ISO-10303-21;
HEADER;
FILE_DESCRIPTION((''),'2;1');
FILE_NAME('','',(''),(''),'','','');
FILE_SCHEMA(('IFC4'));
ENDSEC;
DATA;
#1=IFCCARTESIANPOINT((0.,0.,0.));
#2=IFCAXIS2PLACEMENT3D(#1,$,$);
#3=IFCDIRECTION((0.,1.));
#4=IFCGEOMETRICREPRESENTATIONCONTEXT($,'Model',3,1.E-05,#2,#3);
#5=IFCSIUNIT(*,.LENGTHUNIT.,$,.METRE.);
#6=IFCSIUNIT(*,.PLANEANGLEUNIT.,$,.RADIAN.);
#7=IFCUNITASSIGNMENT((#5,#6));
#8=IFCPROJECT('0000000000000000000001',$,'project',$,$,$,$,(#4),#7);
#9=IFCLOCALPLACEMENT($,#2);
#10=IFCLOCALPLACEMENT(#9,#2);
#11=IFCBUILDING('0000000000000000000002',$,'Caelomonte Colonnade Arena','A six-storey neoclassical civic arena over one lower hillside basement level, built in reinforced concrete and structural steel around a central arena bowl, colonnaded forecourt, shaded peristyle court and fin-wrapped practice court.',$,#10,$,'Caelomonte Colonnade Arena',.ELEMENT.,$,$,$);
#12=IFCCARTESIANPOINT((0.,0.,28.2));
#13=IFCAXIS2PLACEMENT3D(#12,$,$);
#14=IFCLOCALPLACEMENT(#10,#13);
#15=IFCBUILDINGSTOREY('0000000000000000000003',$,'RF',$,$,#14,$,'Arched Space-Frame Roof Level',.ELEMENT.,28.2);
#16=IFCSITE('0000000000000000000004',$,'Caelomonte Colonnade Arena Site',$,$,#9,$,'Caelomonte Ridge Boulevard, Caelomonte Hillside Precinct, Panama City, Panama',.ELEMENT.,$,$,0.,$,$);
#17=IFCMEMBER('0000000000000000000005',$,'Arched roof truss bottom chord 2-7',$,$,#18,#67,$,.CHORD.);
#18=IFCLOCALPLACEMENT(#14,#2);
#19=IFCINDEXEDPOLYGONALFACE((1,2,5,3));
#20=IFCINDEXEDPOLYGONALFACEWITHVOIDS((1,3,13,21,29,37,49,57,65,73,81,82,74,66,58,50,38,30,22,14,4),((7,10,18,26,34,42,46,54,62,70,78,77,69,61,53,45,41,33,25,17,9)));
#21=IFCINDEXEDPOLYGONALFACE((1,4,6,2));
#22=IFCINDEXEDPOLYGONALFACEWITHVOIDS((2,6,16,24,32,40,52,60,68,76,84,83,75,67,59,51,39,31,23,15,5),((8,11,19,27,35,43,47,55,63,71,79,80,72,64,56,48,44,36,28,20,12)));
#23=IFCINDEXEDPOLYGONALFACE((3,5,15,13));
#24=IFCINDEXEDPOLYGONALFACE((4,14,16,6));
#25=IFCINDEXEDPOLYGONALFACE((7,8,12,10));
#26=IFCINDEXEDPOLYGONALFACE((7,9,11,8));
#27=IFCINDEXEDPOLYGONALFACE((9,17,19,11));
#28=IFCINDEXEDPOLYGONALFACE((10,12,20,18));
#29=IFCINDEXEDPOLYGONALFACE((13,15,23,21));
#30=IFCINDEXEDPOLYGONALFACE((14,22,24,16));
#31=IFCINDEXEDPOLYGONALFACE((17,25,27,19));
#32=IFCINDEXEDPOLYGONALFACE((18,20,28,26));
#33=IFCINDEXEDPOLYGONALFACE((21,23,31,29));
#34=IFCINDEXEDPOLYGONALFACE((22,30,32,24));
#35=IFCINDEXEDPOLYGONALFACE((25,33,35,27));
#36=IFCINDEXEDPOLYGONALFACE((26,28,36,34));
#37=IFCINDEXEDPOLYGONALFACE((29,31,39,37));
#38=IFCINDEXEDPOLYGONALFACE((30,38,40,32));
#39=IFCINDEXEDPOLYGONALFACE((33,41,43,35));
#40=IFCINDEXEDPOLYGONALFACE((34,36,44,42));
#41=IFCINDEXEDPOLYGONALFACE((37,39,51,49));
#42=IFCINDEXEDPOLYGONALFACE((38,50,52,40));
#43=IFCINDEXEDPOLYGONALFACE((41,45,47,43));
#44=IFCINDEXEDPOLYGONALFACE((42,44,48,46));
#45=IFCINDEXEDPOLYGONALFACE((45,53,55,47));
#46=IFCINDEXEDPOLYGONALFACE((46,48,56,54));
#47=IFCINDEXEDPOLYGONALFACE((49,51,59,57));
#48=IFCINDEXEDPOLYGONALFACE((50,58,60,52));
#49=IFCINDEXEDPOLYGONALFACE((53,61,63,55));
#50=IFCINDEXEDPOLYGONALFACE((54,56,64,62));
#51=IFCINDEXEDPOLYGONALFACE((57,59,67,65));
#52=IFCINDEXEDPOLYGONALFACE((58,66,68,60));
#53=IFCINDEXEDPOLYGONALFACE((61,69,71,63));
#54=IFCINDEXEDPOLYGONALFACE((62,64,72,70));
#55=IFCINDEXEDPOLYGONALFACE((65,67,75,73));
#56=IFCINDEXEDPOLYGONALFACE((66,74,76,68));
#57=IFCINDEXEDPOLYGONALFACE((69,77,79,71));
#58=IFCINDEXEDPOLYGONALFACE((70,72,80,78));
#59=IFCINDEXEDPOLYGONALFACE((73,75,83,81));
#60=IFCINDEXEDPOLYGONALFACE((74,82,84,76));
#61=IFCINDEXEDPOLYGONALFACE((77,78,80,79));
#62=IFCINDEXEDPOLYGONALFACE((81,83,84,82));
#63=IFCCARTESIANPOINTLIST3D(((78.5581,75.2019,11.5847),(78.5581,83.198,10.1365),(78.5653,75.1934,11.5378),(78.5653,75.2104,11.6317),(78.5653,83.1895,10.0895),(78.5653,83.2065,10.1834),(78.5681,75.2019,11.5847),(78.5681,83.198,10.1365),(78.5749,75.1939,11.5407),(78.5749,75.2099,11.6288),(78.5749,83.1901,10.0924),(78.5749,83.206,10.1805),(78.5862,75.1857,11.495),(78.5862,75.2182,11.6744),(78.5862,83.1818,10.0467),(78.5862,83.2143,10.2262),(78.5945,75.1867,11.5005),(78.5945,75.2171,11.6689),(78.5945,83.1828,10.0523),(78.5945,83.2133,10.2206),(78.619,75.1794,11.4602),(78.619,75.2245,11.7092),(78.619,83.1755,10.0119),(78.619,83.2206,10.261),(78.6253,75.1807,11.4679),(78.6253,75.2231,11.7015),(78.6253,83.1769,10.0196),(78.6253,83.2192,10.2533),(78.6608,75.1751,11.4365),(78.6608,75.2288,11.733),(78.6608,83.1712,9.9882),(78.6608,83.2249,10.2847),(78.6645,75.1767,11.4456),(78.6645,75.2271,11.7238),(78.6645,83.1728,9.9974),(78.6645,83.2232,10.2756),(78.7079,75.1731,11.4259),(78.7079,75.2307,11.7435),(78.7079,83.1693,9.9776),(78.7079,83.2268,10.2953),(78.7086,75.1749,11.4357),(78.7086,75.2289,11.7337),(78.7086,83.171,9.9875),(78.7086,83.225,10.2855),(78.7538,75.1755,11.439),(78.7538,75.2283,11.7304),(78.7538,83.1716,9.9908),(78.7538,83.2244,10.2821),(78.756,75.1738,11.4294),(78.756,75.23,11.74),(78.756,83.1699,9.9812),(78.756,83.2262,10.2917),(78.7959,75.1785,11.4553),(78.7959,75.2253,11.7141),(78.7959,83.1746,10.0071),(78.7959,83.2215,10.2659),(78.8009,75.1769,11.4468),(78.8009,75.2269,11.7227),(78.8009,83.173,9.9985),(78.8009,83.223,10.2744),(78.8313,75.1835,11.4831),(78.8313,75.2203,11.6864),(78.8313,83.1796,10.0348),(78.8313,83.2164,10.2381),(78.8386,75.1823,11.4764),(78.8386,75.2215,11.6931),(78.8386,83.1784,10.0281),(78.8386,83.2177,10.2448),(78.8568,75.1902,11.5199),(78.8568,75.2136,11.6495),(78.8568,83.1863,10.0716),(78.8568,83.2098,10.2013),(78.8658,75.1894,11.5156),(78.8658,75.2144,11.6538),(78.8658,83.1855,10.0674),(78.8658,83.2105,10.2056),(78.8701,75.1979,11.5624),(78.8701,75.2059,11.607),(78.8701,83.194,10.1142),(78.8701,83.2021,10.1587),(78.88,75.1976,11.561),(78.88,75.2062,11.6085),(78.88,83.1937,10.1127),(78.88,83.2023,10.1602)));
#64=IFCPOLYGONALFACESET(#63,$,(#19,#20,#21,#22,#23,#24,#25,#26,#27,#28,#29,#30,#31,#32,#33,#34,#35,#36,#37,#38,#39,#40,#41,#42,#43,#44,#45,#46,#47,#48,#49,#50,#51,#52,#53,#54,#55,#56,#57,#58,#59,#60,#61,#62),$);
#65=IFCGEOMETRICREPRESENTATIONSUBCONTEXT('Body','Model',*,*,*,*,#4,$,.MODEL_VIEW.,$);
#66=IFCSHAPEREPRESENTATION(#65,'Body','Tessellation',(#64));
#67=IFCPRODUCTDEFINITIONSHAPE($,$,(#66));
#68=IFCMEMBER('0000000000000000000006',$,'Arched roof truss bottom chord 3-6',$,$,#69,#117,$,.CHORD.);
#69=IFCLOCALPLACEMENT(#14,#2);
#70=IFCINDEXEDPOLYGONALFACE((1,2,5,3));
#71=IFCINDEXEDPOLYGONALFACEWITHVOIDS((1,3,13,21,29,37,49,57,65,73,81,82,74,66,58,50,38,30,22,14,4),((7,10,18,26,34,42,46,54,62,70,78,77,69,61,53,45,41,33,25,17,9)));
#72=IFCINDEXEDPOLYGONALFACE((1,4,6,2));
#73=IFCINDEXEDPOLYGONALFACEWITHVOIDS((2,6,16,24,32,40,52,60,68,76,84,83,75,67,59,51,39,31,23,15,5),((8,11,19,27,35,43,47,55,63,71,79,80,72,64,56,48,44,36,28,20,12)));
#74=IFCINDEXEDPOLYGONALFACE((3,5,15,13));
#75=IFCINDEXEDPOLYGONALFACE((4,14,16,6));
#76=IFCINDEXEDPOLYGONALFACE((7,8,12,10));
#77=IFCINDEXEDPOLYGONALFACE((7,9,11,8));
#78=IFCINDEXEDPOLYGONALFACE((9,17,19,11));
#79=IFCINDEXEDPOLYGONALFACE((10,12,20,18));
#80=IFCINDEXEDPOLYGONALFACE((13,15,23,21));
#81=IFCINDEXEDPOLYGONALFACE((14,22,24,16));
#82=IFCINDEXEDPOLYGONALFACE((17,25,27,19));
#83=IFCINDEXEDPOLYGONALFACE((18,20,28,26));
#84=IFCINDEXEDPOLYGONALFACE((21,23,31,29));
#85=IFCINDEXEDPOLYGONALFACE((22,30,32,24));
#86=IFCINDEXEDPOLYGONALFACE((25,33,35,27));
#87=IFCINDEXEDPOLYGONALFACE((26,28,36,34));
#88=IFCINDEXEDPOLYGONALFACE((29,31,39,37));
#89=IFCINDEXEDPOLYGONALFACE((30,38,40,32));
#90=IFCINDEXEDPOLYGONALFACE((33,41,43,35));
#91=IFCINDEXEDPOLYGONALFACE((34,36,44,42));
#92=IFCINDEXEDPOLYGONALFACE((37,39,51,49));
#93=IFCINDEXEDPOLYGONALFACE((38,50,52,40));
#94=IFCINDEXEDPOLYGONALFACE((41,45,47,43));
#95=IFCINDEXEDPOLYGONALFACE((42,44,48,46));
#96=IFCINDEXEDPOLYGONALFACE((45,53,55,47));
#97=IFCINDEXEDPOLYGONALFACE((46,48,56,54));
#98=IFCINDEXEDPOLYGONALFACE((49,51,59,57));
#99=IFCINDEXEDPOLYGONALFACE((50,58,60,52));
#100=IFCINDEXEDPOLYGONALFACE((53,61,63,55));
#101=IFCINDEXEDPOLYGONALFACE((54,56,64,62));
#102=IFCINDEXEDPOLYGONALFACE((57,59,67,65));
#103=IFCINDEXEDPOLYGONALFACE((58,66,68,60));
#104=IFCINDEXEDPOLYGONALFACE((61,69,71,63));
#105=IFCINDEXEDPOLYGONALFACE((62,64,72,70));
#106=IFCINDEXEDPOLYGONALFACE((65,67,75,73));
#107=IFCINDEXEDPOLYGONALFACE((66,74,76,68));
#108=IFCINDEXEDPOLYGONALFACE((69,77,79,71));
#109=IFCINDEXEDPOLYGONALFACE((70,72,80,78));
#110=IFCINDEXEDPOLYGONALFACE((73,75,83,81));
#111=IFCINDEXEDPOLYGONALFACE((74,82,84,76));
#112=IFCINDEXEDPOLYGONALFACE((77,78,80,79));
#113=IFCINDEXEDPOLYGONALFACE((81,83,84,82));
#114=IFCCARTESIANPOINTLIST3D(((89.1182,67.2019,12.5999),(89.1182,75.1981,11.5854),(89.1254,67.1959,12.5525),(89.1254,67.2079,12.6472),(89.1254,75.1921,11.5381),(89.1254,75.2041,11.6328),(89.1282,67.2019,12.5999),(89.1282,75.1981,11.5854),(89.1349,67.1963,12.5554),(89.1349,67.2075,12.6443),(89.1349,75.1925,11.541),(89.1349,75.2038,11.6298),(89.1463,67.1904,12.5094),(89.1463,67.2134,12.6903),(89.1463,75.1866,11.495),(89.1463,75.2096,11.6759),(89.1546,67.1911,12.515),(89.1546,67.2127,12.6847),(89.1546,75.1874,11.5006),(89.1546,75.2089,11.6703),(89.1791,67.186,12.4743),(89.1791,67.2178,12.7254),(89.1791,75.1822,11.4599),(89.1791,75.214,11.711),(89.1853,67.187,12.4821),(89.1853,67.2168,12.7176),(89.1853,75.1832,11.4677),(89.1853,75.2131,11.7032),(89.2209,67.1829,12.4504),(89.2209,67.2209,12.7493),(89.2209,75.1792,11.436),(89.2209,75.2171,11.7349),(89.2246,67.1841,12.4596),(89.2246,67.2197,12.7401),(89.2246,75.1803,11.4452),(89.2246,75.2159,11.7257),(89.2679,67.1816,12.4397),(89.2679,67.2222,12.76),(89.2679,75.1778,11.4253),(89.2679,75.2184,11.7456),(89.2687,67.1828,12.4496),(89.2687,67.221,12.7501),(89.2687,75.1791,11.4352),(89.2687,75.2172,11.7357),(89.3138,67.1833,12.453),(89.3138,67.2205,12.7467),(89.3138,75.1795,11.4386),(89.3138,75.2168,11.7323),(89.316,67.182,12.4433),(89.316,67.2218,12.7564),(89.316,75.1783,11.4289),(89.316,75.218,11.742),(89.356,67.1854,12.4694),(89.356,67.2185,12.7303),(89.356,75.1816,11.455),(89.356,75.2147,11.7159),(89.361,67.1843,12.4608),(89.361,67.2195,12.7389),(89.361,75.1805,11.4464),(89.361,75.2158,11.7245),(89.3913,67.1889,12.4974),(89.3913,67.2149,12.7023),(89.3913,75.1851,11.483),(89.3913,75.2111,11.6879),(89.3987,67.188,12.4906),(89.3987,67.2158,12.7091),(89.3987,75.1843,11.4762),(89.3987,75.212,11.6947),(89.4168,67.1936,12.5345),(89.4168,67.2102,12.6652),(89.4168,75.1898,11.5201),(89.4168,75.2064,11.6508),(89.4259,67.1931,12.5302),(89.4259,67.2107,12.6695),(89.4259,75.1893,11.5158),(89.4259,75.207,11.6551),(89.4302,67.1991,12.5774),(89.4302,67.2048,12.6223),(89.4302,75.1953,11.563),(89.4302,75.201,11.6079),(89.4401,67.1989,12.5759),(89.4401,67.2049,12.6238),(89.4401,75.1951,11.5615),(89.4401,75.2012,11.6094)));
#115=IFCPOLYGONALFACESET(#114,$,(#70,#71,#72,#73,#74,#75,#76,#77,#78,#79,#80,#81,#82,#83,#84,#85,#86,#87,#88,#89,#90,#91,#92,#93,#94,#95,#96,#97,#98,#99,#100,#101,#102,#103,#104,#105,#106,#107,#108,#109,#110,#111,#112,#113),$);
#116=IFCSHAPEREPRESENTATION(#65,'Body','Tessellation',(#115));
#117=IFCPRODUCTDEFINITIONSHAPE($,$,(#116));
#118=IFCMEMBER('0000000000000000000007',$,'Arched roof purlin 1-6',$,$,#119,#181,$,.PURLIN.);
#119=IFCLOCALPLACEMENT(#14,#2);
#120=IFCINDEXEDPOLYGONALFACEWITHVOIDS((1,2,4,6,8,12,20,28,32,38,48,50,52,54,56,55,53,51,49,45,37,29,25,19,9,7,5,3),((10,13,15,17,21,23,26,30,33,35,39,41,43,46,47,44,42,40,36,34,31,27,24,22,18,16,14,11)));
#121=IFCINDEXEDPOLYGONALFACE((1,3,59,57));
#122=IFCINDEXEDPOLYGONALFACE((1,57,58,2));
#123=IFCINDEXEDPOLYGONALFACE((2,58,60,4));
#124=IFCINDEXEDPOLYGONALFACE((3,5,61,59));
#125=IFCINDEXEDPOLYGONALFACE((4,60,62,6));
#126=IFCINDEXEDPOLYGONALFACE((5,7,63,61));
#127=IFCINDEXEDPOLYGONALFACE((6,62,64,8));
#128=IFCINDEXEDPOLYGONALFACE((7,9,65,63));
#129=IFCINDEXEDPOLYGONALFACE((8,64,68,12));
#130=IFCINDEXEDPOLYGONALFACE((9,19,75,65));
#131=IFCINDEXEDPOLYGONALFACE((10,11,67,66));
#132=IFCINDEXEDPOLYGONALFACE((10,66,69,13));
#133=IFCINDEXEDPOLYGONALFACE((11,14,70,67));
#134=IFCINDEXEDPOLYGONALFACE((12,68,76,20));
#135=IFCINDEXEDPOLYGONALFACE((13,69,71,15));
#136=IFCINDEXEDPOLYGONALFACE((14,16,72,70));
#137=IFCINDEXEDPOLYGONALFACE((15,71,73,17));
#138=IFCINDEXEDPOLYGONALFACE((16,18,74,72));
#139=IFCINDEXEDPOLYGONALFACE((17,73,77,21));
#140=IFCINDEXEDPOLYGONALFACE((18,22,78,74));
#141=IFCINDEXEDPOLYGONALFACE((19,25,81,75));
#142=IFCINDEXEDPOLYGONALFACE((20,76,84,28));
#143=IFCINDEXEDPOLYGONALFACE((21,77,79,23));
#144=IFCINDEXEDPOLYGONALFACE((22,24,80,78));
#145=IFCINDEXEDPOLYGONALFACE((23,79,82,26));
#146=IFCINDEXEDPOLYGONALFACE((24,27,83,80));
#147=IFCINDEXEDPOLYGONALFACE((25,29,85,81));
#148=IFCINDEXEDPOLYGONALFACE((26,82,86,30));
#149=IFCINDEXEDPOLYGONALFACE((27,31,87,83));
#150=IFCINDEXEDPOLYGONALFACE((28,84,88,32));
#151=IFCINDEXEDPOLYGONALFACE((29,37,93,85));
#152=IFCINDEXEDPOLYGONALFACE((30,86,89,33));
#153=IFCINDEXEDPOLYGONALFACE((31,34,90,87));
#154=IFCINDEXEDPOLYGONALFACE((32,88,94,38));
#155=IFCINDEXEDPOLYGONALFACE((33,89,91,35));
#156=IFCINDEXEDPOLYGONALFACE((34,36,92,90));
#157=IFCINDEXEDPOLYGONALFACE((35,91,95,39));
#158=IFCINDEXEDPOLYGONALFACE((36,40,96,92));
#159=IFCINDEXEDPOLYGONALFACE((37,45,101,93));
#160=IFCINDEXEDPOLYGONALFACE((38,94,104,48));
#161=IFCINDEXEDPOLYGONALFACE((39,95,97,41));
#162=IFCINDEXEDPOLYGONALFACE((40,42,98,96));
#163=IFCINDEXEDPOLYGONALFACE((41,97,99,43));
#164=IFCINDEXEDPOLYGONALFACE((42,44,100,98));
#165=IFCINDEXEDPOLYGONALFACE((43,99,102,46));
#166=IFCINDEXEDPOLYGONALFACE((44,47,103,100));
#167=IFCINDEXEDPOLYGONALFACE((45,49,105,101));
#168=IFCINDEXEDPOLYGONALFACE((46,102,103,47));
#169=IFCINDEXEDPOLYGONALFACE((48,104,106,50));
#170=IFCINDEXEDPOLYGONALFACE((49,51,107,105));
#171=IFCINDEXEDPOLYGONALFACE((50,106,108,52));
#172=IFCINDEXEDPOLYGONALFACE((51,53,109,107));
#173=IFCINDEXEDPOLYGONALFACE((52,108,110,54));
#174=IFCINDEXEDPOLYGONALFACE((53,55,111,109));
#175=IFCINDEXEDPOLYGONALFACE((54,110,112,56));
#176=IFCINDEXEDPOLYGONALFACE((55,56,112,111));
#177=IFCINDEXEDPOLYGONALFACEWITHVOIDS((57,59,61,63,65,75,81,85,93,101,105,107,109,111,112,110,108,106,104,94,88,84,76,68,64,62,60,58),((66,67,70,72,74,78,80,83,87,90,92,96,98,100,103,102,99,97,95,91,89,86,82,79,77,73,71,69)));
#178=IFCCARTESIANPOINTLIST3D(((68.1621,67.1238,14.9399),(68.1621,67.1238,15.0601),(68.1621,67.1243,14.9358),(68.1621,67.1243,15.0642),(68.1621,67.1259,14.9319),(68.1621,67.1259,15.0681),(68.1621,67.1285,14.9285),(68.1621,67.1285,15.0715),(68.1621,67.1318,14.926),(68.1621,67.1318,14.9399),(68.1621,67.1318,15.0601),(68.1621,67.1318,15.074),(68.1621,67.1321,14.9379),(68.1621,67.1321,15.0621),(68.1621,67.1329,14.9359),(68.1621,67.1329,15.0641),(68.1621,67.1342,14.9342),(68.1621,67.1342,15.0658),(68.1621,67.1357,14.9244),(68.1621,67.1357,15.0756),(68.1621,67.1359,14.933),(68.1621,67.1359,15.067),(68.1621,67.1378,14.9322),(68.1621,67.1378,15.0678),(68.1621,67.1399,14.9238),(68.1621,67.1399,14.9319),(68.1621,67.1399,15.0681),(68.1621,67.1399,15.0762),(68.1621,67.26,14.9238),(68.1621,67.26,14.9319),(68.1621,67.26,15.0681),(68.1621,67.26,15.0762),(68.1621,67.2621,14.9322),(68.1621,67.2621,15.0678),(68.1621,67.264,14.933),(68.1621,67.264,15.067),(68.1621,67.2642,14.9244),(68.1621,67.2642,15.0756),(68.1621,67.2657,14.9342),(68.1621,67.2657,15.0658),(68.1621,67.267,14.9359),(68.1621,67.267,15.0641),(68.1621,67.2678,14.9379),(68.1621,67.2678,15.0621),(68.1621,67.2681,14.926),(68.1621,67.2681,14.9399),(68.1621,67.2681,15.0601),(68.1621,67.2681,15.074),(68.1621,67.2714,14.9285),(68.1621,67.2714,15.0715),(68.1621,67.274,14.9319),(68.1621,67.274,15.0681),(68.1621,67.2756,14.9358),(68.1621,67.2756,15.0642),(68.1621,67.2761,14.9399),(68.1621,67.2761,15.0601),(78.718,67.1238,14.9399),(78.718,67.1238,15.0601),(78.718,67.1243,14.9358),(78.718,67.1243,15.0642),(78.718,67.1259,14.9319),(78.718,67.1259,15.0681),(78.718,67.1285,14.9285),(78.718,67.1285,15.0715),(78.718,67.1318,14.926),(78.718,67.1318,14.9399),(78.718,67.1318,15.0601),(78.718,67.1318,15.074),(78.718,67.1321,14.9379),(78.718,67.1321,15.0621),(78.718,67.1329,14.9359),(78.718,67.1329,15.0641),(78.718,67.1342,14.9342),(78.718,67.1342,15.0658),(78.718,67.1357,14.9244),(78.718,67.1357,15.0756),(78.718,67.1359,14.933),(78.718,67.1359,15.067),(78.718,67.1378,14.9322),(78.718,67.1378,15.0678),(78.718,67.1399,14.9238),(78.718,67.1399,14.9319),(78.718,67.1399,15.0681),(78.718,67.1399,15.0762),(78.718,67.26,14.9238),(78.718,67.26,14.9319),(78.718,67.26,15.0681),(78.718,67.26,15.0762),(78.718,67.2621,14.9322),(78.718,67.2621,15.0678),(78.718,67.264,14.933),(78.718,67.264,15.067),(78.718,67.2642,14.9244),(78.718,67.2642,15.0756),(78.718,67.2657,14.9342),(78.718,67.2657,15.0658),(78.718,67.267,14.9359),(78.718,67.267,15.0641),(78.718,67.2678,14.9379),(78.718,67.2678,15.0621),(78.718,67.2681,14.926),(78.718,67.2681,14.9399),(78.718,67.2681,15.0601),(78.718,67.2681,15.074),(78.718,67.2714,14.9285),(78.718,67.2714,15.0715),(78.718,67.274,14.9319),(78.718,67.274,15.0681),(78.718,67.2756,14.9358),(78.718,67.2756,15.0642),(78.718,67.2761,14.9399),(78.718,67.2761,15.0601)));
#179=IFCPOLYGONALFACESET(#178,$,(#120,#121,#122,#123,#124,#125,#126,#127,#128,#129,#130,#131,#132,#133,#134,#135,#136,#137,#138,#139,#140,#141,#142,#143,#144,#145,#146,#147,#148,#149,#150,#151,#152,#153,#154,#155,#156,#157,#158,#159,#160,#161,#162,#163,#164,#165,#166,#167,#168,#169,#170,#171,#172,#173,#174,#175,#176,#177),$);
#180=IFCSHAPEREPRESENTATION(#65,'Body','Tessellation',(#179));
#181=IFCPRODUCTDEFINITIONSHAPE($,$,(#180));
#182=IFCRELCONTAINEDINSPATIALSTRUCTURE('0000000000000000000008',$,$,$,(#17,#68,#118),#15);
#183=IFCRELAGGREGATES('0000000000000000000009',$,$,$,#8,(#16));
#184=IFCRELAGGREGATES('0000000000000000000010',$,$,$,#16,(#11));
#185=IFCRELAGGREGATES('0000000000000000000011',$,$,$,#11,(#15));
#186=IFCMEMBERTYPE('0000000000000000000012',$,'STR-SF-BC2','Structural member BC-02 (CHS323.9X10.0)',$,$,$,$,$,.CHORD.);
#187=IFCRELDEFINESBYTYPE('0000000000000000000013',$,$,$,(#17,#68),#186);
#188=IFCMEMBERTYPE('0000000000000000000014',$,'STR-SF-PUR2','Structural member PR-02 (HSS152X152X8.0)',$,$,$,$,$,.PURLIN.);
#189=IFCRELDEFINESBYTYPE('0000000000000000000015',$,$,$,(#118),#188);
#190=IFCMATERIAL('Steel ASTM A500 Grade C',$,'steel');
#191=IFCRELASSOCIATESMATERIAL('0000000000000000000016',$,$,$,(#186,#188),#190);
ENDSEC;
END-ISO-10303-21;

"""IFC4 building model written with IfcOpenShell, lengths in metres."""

from ifc_helpers import new_model, si_unit, direction, frame, origin, origin_2d, place, context, subcontext, project, spatial, hollow_rectangle, hollow_circle, extrude, material, material_profile, profile_set, type_object, element, save


model = new_model("IFC4")

# Units and contexts
model_context = context("Model", 3, precision=1e-05, world=origin(), true_north=direction((0.0, 1.0)))
body_context = subcontext(model_context, "Body", "Model", "MODEL_VIEW")
ifc_project = project(units=[si_unit("LENGTHUNIT", "METRE"), si_unit("PLANEANGLEUNIT", "RADIAN")], contexts=[model_context])

# Site, building, storey
site_placement = place(None, origin())
site = spatial("IfcSite", under=ifc_project, at=site_placement, Name="Caelomonte Colonnade Arena Site", LongName="Caelomonte Ridge Boulevard, Caelomonte Hillside Precinct, Panama City, Panama", CompositionType="ELEMENT", RefElevation=0.0)
building_placement = place(site_placement, origin())
building = spatial("IfcBuilding", under=site, at=building_placement, Name="Caelomonte Colonnade Arena", Description="A six-storey neoclassical civic arena over one lower hillside basement level, built in reinforced concrete and structural steel around a central arena bowl, colonnaded forecourt, shaded peristyle court and fin-wrapped practice court.", LongName="Caelomonte Colonnade Arena", CompositionType="ELEMENT")
storey_placement = place(building_placement, frame((0.0, 0.0, 28.2)))
storey = spatial("IfcBuildingStorey", under=building, at=storey_placement, Name="RF", LongName="Arched Space-Frame Roof Level", CompositionType="ELEMENT", Elevation=28.2)

# Members
ifc_material_1 = material(Name="Steel ASTM A500 Grade C", Category="steel")
ifc_material_profile_1 = material_profile(ifc_material_1, hollow_circle(Radius=0.1619, WallThickness=0.01, at=origin_2d()), Name="CHS323.9X10.0")
ifc_profile_set_1 = profile_set([ifc_material_profile_1], Name="Steel ASTM A500 Grade C")
member_type_1 = type_object("IfcMemberType", Name="STR-SF-BC2", Description="Structural member BC-02 (CHS323.9X10.0)", PredefinedType="CHORD", material=ifc_profile_set_1)
member_1_placement = place(storey_placement, frame((78.72, 75.2019, 11.5847), z_axis=(0.0, 0.983991, -0.178219), x_axis=(-1.0, 0.0, 0.0)))
element("IfcMember", 1, at=member_1_placement, inside=storey, type_object=member_type_1, Name="Arched roof truss bottom chord 2-7", PredefinedType="CHORD", context=body_context, shape_type="SweptSolid", body=[
    extrude(hollow_circle(Radius=0.1619, WallThickness=0.01, at=origin_2d()), origin(), (0.0, 0.0, 1.0), 8.1262),
])
member_2_placement = place(storey_placement, frame((89.28, 67.2019, 12.5999), z_axis=(0.0, 0.992049, -0.125854), x_axis=(-1.0, 0.0, 0.0)))
element("IfcMember", 2, at=member_2_placement, inside=storey, type_object=member_type_1, Name="Arched roof truss bottom chord 3-6", PredefinedType="CHORD", context=body_context, shape_type="SweptSolid", body=[
    extrude(hollow_circle(Radius=0.1619, WallThickness=0.01, at=origin_2d()), origin(), (0.0, 0.0, 1.0), 8.0603),
])
ifc_material_profile_2 = material_profile(ifc_material_1, hollow_rectangle(XDim=0.1523, YDim=0.1523, WallThickness=0.0081, InnerFilletRadius=0.0081, OuterFilletRadius=0.0161, at=origin_2d()), Name="HSS152X152X8.0")
ifc_profile_set_2 = profile_set([ifc_material_profile_2], Name="Steel ASTM A500 Grade C")
member_type_2 = type_object("IfcMemberType", Name="STR-SF-PUR2", Description="Structural member PR-02 (HSS152X152X8.0)", PredefinedType="PURLIN", material=ifc_profile_set_2)
member_3_placement = place(storey_placement, frame((68.1621, 67.2, 15.0), z_axis=(1.0, 0.0, 0.0), x_axis=(0.0, 1.0, 0.0)))
element("IfcMember", 3, at=member_3_placement, inside=storey, type_object=member_type_2, Name="Arched roof purlin 1-6", PredefinedType="PURLIN", context=body_context, shape_type="SweptSolid", body=[
    extrude(hollow_rectangle(XDim=0.1523, YDim=0.1523, WallThickness=0.0081, InnerFilletRadius=0.0081, OuterFilletRadius=0.0161, at=origin_2d()), origin(), (0.0, 0.0, 1.0), 10.5559),
])

save(model, "model.ifc")
